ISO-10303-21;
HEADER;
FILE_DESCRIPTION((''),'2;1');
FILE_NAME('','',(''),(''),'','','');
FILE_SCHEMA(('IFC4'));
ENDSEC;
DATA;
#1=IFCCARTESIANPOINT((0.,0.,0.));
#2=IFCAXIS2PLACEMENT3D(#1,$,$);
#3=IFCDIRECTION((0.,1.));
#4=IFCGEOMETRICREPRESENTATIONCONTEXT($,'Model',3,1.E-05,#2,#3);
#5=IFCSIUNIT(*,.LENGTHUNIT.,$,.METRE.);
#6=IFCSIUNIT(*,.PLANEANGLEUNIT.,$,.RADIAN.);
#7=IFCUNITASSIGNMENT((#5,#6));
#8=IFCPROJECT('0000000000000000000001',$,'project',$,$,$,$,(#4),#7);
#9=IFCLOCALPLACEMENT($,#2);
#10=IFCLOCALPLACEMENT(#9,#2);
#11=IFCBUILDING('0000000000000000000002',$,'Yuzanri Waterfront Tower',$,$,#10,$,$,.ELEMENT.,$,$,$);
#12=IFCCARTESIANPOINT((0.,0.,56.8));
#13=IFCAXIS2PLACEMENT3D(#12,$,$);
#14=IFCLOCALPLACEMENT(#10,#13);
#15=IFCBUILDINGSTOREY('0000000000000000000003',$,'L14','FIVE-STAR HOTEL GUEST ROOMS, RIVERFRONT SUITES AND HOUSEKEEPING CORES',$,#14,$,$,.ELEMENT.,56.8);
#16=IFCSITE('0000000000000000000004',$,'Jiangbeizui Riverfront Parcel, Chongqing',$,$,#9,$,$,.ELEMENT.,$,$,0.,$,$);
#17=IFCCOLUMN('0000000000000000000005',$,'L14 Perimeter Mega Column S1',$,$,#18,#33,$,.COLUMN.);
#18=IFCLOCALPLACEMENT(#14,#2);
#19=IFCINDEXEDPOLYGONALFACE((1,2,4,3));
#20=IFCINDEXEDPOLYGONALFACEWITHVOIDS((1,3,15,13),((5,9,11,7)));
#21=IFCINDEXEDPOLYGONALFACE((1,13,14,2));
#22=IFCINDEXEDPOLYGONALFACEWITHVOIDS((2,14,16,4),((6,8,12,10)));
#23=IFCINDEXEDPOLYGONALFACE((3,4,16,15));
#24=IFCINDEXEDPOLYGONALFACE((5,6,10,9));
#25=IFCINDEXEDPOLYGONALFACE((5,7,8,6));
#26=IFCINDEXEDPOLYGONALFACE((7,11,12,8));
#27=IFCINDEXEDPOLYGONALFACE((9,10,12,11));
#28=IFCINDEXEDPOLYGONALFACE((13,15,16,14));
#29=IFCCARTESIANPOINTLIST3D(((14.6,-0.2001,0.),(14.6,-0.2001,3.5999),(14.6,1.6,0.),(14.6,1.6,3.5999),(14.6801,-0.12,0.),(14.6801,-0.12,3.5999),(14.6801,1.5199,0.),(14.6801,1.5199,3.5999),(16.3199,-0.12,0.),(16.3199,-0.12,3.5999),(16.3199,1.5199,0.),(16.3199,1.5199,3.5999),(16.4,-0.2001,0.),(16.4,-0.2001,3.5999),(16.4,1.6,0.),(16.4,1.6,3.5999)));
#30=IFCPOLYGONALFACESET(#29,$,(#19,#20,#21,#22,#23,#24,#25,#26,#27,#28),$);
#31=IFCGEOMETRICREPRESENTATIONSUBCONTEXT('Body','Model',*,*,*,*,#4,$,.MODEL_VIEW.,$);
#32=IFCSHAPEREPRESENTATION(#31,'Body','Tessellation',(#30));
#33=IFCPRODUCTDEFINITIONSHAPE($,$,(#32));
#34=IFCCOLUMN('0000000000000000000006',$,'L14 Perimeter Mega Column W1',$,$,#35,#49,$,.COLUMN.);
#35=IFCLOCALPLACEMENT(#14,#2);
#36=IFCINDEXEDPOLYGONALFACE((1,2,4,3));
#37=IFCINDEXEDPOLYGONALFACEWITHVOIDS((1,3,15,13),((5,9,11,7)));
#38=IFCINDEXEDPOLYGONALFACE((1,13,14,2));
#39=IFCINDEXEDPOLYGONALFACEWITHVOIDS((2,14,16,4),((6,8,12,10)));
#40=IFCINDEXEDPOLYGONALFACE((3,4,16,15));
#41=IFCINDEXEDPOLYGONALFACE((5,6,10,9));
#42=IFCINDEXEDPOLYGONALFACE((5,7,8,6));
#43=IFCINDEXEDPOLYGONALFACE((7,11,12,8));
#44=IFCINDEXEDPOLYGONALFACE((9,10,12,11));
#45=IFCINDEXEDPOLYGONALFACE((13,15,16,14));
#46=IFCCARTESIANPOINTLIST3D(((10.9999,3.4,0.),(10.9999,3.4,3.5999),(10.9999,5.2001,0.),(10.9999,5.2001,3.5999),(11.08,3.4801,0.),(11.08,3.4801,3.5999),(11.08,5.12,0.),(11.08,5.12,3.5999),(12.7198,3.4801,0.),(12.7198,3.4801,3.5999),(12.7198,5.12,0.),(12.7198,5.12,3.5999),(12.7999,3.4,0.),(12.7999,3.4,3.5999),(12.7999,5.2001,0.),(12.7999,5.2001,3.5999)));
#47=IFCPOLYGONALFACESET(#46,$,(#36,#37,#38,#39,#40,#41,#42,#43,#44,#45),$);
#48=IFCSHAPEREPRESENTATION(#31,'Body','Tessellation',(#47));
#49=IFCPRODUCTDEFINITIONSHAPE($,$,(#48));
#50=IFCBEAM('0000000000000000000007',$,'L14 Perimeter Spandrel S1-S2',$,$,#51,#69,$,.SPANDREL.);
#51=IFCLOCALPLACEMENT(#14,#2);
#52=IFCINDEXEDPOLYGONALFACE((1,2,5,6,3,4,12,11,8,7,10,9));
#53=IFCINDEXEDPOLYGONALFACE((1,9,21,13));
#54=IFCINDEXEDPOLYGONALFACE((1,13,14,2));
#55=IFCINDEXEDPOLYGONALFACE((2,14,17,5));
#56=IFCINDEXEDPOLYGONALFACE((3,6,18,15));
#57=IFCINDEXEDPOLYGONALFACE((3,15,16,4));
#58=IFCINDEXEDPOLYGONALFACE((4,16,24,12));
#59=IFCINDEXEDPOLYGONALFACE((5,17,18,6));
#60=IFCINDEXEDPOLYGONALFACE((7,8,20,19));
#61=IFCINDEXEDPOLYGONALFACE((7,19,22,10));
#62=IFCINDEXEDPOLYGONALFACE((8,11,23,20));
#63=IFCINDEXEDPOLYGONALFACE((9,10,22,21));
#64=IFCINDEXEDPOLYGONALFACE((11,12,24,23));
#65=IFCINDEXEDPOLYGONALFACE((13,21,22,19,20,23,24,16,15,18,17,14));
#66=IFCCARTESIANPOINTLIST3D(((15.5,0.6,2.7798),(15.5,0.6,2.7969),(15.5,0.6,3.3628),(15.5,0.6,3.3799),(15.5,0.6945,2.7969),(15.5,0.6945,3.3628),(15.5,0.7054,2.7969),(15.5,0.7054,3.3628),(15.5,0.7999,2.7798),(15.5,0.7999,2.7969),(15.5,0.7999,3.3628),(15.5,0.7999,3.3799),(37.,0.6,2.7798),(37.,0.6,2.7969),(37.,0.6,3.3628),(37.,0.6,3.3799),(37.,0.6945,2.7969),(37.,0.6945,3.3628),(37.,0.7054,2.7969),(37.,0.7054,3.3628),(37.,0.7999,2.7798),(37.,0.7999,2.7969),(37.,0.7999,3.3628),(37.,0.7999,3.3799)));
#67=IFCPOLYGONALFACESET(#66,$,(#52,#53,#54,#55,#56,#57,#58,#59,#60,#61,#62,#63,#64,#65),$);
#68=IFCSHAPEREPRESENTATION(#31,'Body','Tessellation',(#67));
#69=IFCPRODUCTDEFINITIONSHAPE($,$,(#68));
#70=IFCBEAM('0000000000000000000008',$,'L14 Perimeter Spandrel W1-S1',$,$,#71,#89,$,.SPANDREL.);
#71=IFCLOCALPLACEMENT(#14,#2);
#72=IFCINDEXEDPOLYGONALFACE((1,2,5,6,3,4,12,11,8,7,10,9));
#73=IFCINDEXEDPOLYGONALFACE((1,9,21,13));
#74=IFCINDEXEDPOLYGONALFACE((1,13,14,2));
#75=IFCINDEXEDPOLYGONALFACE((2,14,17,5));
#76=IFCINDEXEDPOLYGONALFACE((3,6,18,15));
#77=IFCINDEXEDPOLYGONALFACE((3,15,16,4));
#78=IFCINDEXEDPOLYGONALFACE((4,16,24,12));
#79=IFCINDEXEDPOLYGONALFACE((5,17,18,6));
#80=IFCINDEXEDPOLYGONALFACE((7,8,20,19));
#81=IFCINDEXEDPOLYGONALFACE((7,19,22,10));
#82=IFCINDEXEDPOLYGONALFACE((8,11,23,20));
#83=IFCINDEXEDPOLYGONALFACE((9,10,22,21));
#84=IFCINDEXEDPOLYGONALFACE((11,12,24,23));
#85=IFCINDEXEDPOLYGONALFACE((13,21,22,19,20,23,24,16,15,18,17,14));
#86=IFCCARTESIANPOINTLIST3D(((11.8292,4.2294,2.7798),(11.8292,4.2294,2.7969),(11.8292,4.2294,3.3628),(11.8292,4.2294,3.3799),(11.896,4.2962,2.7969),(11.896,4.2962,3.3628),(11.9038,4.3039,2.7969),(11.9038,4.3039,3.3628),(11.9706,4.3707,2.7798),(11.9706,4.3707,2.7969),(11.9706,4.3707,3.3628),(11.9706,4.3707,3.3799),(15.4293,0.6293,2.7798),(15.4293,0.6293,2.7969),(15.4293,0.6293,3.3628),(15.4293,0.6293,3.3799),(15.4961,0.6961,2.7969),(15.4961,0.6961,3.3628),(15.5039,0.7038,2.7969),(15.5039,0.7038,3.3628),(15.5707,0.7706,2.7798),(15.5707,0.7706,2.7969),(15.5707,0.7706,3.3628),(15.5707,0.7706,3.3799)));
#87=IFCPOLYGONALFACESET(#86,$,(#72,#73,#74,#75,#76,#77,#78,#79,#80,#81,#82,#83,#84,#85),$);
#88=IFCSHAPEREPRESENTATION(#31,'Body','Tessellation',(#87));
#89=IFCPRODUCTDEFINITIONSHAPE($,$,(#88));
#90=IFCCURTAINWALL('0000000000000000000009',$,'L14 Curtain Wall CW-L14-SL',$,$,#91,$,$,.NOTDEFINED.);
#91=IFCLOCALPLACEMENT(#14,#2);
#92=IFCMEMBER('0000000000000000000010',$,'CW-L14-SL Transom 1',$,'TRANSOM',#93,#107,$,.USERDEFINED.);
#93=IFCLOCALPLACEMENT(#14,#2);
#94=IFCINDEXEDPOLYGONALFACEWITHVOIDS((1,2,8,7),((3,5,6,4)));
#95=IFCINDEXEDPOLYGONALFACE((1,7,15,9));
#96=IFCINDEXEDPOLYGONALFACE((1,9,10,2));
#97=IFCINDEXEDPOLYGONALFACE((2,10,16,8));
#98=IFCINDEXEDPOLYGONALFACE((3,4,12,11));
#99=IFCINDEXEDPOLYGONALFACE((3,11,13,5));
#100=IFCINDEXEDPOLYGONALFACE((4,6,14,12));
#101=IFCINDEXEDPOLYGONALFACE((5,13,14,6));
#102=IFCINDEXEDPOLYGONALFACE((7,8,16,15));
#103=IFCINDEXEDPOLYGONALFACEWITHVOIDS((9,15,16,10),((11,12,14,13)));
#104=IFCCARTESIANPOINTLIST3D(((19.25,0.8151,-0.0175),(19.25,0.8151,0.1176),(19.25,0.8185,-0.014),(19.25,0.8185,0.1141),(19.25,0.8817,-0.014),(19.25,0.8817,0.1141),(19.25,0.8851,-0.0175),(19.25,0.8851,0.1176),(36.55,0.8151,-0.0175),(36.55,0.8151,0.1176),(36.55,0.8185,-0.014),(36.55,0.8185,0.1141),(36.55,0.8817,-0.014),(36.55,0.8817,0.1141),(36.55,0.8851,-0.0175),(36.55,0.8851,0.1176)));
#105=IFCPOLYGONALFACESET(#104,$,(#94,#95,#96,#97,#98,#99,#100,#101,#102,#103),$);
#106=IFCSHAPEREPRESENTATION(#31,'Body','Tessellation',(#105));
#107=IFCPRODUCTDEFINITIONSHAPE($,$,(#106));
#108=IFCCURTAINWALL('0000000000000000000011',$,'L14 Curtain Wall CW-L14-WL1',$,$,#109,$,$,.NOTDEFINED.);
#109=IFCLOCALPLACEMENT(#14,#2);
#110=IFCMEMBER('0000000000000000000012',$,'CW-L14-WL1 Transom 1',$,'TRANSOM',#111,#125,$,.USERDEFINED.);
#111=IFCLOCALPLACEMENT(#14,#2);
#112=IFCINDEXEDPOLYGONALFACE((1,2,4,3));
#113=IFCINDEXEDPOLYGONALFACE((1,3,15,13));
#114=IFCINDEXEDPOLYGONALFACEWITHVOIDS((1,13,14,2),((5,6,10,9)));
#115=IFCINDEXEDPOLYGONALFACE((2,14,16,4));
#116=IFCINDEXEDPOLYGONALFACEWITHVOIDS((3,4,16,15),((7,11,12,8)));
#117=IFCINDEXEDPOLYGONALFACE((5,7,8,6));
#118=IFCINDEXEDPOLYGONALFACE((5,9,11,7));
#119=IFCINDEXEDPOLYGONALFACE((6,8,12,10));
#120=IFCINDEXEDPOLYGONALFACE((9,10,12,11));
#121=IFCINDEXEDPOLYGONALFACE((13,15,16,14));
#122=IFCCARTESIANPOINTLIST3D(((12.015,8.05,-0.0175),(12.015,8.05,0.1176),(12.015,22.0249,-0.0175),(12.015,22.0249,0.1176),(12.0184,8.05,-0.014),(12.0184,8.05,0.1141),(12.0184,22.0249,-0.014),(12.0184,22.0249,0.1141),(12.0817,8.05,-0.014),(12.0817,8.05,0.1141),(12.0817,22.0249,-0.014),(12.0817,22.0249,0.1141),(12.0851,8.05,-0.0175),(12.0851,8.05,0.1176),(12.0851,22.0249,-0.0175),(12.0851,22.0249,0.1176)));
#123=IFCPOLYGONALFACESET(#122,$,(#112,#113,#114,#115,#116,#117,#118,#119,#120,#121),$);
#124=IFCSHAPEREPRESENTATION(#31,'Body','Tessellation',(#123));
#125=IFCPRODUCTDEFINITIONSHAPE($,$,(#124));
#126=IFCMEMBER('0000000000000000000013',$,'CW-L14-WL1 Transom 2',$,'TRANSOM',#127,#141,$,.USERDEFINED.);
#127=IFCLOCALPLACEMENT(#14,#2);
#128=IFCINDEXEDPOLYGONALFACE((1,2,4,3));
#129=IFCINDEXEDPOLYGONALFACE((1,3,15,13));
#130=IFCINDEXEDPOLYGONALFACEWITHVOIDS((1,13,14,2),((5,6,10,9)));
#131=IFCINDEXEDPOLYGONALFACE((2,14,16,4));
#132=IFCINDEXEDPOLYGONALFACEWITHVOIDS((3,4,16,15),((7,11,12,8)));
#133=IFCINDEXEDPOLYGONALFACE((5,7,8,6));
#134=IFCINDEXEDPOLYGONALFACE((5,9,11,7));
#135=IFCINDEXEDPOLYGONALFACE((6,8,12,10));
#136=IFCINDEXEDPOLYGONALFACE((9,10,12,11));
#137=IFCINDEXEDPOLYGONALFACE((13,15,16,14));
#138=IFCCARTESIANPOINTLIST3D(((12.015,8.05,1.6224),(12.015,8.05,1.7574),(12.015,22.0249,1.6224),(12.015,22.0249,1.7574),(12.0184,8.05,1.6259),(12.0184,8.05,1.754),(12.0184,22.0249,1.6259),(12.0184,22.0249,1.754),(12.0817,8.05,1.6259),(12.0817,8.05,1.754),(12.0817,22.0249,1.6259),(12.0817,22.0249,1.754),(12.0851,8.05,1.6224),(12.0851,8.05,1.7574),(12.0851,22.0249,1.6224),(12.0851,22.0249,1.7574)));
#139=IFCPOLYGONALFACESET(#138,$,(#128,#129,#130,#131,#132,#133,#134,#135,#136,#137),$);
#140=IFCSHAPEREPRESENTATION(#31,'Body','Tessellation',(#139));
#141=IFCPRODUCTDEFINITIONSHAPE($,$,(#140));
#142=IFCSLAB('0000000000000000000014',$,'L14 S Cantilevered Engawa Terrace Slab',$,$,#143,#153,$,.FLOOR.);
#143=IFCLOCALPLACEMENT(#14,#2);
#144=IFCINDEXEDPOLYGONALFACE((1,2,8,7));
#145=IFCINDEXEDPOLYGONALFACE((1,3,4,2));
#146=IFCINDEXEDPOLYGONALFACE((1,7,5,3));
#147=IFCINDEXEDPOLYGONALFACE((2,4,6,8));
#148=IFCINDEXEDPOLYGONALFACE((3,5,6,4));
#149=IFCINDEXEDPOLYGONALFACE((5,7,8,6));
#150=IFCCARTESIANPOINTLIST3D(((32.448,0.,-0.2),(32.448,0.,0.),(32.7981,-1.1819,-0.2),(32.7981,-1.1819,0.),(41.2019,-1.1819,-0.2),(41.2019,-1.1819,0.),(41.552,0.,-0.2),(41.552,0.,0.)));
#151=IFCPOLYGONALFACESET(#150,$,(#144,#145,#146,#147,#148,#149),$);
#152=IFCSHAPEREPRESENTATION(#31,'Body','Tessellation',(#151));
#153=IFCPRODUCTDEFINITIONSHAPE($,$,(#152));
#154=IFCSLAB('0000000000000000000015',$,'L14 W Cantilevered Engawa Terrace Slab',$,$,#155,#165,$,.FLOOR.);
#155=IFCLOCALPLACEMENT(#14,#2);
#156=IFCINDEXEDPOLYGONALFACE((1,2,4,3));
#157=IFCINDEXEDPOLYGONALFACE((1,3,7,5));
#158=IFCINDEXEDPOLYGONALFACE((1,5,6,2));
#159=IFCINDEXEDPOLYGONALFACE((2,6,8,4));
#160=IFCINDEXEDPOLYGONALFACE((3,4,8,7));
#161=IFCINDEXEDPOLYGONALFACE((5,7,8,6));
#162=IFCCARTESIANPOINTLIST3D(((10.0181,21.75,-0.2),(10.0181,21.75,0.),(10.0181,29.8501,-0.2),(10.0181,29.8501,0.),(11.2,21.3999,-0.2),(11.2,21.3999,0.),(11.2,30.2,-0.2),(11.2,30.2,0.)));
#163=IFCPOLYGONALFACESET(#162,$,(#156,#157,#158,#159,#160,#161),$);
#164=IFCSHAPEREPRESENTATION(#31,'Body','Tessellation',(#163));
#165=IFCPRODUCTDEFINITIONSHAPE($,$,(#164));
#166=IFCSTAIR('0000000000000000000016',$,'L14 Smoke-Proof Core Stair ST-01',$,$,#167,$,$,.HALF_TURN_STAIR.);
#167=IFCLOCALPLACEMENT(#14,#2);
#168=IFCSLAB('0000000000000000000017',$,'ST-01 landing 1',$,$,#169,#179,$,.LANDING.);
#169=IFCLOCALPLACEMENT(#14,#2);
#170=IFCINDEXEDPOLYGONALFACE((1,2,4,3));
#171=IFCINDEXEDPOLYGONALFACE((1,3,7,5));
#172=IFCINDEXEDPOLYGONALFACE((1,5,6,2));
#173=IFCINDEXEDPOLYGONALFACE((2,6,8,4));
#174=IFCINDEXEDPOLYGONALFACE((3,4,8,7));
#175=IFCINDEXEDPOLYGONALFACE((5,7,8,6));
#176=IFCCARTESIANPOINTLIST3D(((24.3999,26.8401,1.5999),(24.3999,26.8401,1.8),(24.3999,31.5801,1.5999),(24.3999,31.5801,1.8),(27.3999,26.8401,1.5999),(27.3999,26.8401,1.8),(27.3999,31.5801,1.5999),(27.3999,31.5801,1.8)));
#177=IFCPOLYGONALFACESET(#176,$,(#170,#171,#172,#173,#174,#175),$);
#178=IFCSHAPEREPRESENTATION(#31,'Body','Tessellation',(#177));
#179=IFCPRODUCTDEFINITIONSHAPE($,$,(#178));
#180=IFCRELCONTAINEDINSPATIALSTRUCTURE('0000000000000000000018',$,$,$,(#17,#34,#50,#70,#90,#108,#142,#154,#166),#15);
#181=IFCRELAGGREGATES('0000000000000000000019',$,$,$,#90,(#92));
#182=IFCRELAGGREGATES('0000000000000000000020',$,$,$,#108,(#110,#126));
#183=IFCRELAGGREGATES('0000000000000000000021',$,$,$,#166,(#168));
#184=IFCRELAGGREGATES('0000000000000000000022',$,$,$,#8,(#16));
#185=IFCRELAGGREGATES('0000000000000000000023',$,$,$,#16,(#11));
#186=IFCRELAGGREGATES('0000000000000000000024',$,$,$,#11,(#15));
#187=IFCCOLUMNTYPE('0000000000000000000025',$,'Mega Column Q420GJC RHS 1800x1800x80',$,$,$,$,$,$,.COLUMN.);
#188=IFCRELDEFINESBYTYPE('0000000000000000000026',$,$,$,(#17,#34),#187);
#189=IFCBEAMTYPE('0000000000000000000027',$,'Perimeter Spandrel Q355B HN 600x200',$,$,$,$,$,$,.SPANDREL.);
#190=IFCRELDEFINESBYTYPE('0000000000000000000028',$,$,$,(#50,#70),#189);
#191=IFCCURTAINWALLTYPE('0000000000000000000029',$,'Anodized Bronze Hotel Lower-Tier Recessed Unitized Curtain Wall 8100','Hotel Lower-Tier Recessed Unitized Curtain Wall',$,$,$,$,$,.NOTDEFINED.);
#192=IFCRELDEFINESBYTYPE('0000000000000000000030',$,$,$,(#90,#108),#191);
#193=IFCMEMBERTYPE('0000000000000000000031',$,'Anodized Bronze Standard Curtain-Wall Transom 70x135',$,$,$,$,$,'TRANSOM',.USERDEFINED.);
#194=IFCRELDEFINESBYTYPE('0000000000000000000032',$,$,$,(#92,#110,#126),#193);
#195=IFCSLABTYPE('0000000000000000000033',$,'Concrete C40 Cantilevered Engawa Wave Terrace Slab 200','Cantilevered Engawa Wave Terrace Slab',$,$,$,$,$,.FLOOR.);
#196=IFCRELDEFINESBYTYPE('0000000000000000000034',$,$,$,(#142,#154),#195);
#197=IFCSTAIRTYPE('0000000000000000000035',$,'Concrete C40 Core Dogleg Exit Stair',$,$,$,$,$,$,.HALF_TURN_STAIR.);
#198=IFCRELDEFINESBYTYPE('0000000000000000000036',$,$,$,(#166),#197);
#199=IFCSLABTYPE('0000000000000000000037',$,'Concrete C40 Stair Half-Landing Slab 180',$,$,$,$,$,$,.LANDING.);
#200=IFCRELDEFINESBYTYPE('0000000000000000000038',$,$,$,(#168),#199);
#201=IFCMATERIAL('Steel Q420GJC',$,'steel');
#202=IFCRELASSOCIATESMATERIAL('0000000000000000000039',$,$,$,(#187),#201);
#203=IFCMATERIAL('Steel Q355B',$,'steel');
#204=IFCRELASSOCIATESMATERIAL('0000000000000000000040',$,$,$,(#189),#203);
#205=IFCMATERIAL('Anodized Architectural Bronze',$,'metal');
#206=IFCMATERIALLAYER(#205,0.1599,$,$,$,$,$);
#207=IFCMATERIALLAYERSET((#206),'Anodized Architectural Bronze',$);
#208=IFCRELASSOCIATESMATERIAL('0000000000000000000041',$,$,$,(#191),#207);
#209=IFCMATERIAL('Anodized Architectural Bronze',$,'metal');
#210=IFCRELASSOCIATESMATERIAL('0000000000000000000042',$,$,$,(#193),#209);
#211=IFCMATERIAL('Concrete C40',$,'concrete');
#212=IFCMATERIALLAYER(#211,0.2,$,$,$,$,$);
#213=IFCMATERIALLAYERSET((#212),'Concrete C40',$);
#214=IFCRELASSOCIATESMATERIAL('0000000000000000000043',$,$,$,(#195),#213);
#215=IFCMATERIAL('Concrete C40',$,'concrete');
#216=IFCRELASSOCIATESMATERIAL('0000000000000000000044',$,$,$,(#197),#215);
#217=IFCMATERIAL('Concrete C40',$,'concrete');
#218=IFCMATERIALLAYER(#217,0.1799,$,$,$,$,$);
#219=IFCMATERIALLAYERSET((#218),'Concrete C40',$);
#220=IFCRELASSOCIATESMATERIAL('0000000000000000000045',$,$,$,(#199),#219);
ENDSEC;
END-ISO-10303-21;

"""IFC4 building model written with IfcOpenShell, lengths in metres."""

from ifc_helpers import new_model, si_unit, direction, frame, origin, origin_2d, place, context, subcontext, project, spatial, polyline, hollow_rectangle, i_section, outline, extrude, source, transform, mapped, material, layer, layer_set, material_profile, profile_set, type_object, element, aggregate, save


model = new_model("IFC4")

# Units and contexts
model_context = context("Model", 3, precision=1e-05, world=origin(), true_north=direction((0.0, 1.0)))
body_context = subcontext(model_context, "Body", "Model", "MODEL_VIEW")
ifc_project = project(units=[si_unit("LENGTHUNIT", "METRE"), si_unit("PLANEANGLEUNIT", "RADIAN")], contexts=[model_context])

# Site, building, storey
site_placement = place(None, origin())
site = spatial("IfcSite", under=ifc_project, at=site_placement, Name="Jiangbeizui Riverfront Parcel, Chongqing", CompositionType="ELEMENT", RefElevation=0.0)
building_placement = place(site_placement, origin())
building = spatial("IfcBuilding", under=site, at=building_placement, Name="Yuzanri Waterfront Tower", CompositionType="ELEMENT")
storey_placement = place(building_placement, frame((0.0, 0.0, 56.8)))
storey = spatial("IfcBuildingStorey", under=building, at=storey_placement, Name="L14", Description="FIVE-STAR HOTEL GUEST ROOMS, RIVERFRONT SUITES AND HOUSEKEEPING CORES", CompositionType="ELEMENT", Elevation=56.8)

# Columns
ifc_material_1 = material(Name="Steel Q420GJC", Category="steel")
ifc_material_profile_1 = material_profile(ifc_material_1, hollow_rectangle(XDim=1.8, YDim=1.8, WallThickness=0.0801, at=origin_2d()), Name="RHS 1800x1800x80")
ifc_profile_set_1 = profile_set([ifc_material_profile_1], Name="Steel Q420GJC")
column_type = type_object("IfcColumnType", Name="Mega Column Q420GJC RHS 1800x1800x80", PredefinedType="COLUMN", material=ifc_profile_set_1)
shared_shape_1 = source(origin(), body_context, "Body", "SweptSolid", [
    extrude(hollow_rectangle(XDim=1.8, YDim=1.8, WallThickness=0.0801, at=origin_2d()), origin(), (0.0, 0.0, 1.0), 3.5999),
])
for number, where, z_axis, x_axis, name in (
    (1, (15.5, 0.7, 0.0), (0.0, 0.0, 1.0), (1.0, 0.0, 0.0), "L14 Perimeter Mega Column S1"),
    (2, (11.8999, 4.3, 0.0), (0.0, 0.0, 1.0), (1.0, 0.0, 0.0), "L14 Perimeter Mega Column W1"),
):
    element("IfcColumn", number, at=place(storey_placement, frame(where, z_axis=z_axis, x_axis=x_axis)), inside=storey, type_object=column_type, Name=name, PredefinedType="COLUMN", context=body_context, shape_type="MappedRepresentation", body=[
        mapped(shared_shape_1, transform((0.0, 0.0, 0.0), scale=1.0)),
    ])

# Beams
ifc_material_2 = material(Name="Steel Q355B", Category="steel")
ifc_material_profile_2 = material_profile(ifc_material_2, i_section(OverallWidth=0.2, OverallDepth=0.6001, WebThickness=0.011, FlangeThickness=0.0171, at=origin_2d()), Name="HN 600x200x11x17")
ifc_profile_set_2 = profile_set([ifc_material_profile_2], Name="Steel Q355B")
beam_type = type_object("IfcBeamType", Name="Perimeter Spandrel Q355B HN 600x200", PredefinedType="SPANDREL", material=ifc_profile_set_2)
shared_shape_2 = source(origin(), body_context, "Body", "SweptSolid", [
    extrude(i_section(OverallWidth=0.2, OverallDepth=0.6001, WebThickness=0.011, FlangeThickness=0.0171, at=origin_2d()), origin(), (0.0, 0.0, 1.0), 21.5),
])
beam_1_placement = place(storey_placement, frame((15.5, 0.7, 3.0798), z_axis=(1.0, 0.0, 0.0), x_axis=(0.0, 1.0, 0.0)))
element("IfcBeam", 3, at=beam_1_placement, inside=storey, type_object=beam_type, Name="L14 Perimeter Spandrel S1-S2", PredefinedType="SPANDREL", context=body_context, shape_type="MappedRepresentation", body=[
    mapped(shared_shape_2, transform((0.0, 0.0, 0.0), scale=1.0)),
])
shared_shape_3 = source(origin(), body_context, "Body", "SweptSolid", [
    extrude(i_section(OverallWidth=0.2, OverallDepth=0.6001, WebThickness=0.011, FlangeThickness=0.0171, at=origin_2d()), origin(), (0.0, 0.0, 1.0), 5.0913),
])
beam_2_placement = place(storey_placement, frame((11.8999, 4.3, 3.0798), z_axis=(0.707107, -0.707107, 0.0), x_axis=(0.707107, 0.707107, 0.0)))
element("IfcBeam", 4, at=beam_2_placement, inside=storey, type_object=beam_type, Name="L14 Perimeter Spandrel W1-S1", PredefinedType="SPANDREL", context=body_context, shape_type="MappedRepresentation", body=[
    mapped(shared_shape_3, transform((0.0, 0.0, 0.0), scale=1.0)),
])

# Curtain wall, member
ifc_material_3 = material(Name="Anodized Architectural Bronze", Category="metal")
ifc_layer_1 = layer(ifc_material_3, 0.1599)
ifc_layer_set_1 = layer_set([ifc_layer_1], Name="Anodized Architectural Bronze")
curtain_wall_type = type_object("IfcCurtainWallType", Name="Anodized Bronze Hotel Lower-Tier Recessed Unitized Curtain Wall 8100", Description="Hotel Lower-Tier Recessed Unitized Curtain Wall", PredefinedType="NOTDEFINED", material=ifc_layer_set_1)
curtain_wall_1_placement = place(storey_placement, origin())
curtain_wall_1 = element("IfcCurtainWall", 5, at=curtain_wall_1_placement, inside=storey, type_object=curtain_wall_type, Name="L14 Curtain Wall CW-L14-SL", PredefinedType="NOTDEFINED")
ifc_material_4 = material(Name="Anodized Architectural Bronze", Category="metal")
ifc_material_profile_3 = material_profile(ifc_material_4, hollow_rectangle(XDim=0.0701, YDim=0.135, WallThickness=0.0034, at=origin_2d()), Name="CWT 70x135")
ifc_profile_set_3 = profile_set([ifc_material_profile_3], Name="Anodized Architectural Bronze")
member_type = type_object("IfcMemberType", Name="Anodized Bronze Standard Curtain-Wall Transom 70x135", ElementType="TRANSOM", PredefinedType="USERDEFINED", material=ifc_profile_set_3)
shared_shape_4 = source(origin(), body_context, "Body", "SweptSolid", [
    extrude(hollow_rectangle(XDim=0.0701, YDim=0.135, WallThickness=0.0034, at=origin_2d()), origin(), (0.0, 0.0, 1.0), 17.3),
])
member_1_placement = place(storey_placement, frame((19.25, 0.8501, 0.05), z_axis=(1.0, 0.0, 0.0), x_axis=(0.0, 1.0, 0.0)))
member_1 = element("IfcMember", 6, at=member_1_placement, type_object=member_type, Name="CW-L14-SL Transom 1", ObjectType="TRANSOM", PredefinedType="USERDEFINED", context=body_context, shape_type="MappedRepresentation", body=[
    mapped(shared_shape_4, transform((0.0, 0.0, 0.0), scale=1.0)),
])
aggregate(curtain_wall_1, [member_1])

# Curtain wall, members
curtain_wall_2_placement = place(storey_placement, origin())
curtain_wall_2 = element("IfcCurtainWall", 7, at=curtain_wall_2_placement, inside=storey, type_object=curtain_wall_type, Name="L14 Curtain Wall CW-L14-WL1", PredefinedType="NOTDEFINED")
shared_shape_5 = source(origin(), body_context, "Body", "SweptSolid", [
    extrude(hollow_rectangle(XDim=0.0701, YDim=0.135, WallThickness=0.0034, at=origin_2d()), origin(), (0.0, 0.0, 1.0), 13.9749),
])
member_2_placement = place(storey_placement, frame((12.05, 8.05, 0.05), z_axis=(0.0, 1.0, 0.0), x_axis=(-1.0, 0.0, 0.0)))
member_2 = element("IfcMember", 8, at=member_2_placement, type_object=member_type, Name="CW-L14-WL1 Transom 1", ObjectType="TRANSOM", PredefinedType="USERDEFINED", context=body_context, shape_type="MappedRepresentation", body=[
    mapped(shared_shape_5, transform((0.0, 0.0, 0.0), scale=1.0)),
])
member_3_placement = place(storey_placement, frame((12.05, 8.05, 1.6899), z_axis=(0.0, 1.0, 0.0), x_axis=(-1.0, 0.0, 0.0)))
member_3 = element("IfcMember", 9, at=member_3_placement, type_object=member_type, Name="CW-L14-WL1 Transom 2", ObjectType="TRANSOM", PredefinedType="USERDEFINED", context=body_context, shape_type="MappedRepresentation", body=[
    mapped(shared_shape_5, transform((0.0, 0.0, 0.0), scale=1.0)),
])
aggregate(curtain_wall_2, [member_2, member_3])

# Slabs
ifc_material_5 = material(Name="Concrete C40", Category="concrete")
ifc_layer_2 = layer(ifc_material_5, 0.2)
ifc_layer_set_2 = layer_set([ifc_layer_2], Name="Concrete C40")
slab_type_1 = type_object("IfcSlabType", Name="Concrete C40 Cantilevered Engawa Wave Terrace Slab 200", Description="Cantilevered Engawa Wave Terrace Slab", PredefinedType="FLOOR", material=ifc_layer_set_2)
slab_1_placement = place(storey_placement, frame((0.0, 0.0, -0.2)))
element("IfcSlab", 10, at=slab_1_placement, inside=storey, type_object=slab_type_1, Name="L14 S Cantilevered Engawa Terrace Slab", PredefinedType="FLOOR", context=body_context, shape_type="SweptSolid", body=[
    extrude(outline(polyline([(32.448, 0.0), (41.552, 0.0), (41.2019, -1.1819), (32.7981, -1.1819), (32.448, 0.0)])), origin(), (0.0, 0.0, 1.0), 0.2),
])
slab_2_placement = place(storey_placement, frame((0.0, 0.0, -0.2)))
element("IfcSlab", 11, at=slab_2_placement, inside=storey, type_object=slab_type_1, Name="L14 W Cantilevered Engawa Terrace Slab", PredefinedType="FLOOR", context=body_context, shape_type="SweptSolid", body=[
    extrude(outline(polyline([(11.2, 21.3999), (10.0181, 21.75), (10.0181, 29.8501), (11.2, 30.2), (11.2, 21.3999)])), origin(), (0.0, 0.0, 1.0), 0.2),
])

# Stair, slab
ifc_material_6 = material(Name="Concrete C40", Category="concrete")
stair_type = type_object("IfcStairType", Name="Concrete C40 Core Dogleg Exit Stair", PredefinedType="HALF_TURN_STAIR", material=ifc_material_6)
stair_1_placement = place(storey_placement, origin())
stair_1 = element("IfcStair", 12, at=stair_1_placement, inside=storey, type_object=stair_type, Name="L14 Smoke-Proof Core Stair ST-01", PredefinedType="HALF_TURN_STAIR")
ifc_material_7 = material(Name="Concrete C40", Category="concrete")
ifc_layer_3 = layer(ifc_material_7, 0.1799)
ifc_layer_set_3 = layer_set([ifc_layer_3], Name="Concrete C40")
slab_type_2 = type_object("IfcSlabType", Name="Concrete C40 Stair Half-Landing Slab 180", PredefinedType="LANDING", material=ifc_layer_set_3)
slab_3_placement = place(storey_placement, frame((0.0, 0.0, 1.5999)))
slab_3 = element("IfcSlab", 13, at=slab_3_placement, type_object=slab_type_2, Name="ST-01 landing 1", PredefinedType="LANDING", context=body_context, shape_type="SweptSolid", body=[
    extrude(outline(polyline([(27.3999, 26.8401), (27.3999, 31.5801), (24.3999, 31.5801), (24.3999, 26.8401), (27.3999, 26.8401)])), origin(), (0.0, 0.0, 1.0), 0.2002),
])
aggregate(stair_1, [slab_3])

save(model, "model.ifc")
